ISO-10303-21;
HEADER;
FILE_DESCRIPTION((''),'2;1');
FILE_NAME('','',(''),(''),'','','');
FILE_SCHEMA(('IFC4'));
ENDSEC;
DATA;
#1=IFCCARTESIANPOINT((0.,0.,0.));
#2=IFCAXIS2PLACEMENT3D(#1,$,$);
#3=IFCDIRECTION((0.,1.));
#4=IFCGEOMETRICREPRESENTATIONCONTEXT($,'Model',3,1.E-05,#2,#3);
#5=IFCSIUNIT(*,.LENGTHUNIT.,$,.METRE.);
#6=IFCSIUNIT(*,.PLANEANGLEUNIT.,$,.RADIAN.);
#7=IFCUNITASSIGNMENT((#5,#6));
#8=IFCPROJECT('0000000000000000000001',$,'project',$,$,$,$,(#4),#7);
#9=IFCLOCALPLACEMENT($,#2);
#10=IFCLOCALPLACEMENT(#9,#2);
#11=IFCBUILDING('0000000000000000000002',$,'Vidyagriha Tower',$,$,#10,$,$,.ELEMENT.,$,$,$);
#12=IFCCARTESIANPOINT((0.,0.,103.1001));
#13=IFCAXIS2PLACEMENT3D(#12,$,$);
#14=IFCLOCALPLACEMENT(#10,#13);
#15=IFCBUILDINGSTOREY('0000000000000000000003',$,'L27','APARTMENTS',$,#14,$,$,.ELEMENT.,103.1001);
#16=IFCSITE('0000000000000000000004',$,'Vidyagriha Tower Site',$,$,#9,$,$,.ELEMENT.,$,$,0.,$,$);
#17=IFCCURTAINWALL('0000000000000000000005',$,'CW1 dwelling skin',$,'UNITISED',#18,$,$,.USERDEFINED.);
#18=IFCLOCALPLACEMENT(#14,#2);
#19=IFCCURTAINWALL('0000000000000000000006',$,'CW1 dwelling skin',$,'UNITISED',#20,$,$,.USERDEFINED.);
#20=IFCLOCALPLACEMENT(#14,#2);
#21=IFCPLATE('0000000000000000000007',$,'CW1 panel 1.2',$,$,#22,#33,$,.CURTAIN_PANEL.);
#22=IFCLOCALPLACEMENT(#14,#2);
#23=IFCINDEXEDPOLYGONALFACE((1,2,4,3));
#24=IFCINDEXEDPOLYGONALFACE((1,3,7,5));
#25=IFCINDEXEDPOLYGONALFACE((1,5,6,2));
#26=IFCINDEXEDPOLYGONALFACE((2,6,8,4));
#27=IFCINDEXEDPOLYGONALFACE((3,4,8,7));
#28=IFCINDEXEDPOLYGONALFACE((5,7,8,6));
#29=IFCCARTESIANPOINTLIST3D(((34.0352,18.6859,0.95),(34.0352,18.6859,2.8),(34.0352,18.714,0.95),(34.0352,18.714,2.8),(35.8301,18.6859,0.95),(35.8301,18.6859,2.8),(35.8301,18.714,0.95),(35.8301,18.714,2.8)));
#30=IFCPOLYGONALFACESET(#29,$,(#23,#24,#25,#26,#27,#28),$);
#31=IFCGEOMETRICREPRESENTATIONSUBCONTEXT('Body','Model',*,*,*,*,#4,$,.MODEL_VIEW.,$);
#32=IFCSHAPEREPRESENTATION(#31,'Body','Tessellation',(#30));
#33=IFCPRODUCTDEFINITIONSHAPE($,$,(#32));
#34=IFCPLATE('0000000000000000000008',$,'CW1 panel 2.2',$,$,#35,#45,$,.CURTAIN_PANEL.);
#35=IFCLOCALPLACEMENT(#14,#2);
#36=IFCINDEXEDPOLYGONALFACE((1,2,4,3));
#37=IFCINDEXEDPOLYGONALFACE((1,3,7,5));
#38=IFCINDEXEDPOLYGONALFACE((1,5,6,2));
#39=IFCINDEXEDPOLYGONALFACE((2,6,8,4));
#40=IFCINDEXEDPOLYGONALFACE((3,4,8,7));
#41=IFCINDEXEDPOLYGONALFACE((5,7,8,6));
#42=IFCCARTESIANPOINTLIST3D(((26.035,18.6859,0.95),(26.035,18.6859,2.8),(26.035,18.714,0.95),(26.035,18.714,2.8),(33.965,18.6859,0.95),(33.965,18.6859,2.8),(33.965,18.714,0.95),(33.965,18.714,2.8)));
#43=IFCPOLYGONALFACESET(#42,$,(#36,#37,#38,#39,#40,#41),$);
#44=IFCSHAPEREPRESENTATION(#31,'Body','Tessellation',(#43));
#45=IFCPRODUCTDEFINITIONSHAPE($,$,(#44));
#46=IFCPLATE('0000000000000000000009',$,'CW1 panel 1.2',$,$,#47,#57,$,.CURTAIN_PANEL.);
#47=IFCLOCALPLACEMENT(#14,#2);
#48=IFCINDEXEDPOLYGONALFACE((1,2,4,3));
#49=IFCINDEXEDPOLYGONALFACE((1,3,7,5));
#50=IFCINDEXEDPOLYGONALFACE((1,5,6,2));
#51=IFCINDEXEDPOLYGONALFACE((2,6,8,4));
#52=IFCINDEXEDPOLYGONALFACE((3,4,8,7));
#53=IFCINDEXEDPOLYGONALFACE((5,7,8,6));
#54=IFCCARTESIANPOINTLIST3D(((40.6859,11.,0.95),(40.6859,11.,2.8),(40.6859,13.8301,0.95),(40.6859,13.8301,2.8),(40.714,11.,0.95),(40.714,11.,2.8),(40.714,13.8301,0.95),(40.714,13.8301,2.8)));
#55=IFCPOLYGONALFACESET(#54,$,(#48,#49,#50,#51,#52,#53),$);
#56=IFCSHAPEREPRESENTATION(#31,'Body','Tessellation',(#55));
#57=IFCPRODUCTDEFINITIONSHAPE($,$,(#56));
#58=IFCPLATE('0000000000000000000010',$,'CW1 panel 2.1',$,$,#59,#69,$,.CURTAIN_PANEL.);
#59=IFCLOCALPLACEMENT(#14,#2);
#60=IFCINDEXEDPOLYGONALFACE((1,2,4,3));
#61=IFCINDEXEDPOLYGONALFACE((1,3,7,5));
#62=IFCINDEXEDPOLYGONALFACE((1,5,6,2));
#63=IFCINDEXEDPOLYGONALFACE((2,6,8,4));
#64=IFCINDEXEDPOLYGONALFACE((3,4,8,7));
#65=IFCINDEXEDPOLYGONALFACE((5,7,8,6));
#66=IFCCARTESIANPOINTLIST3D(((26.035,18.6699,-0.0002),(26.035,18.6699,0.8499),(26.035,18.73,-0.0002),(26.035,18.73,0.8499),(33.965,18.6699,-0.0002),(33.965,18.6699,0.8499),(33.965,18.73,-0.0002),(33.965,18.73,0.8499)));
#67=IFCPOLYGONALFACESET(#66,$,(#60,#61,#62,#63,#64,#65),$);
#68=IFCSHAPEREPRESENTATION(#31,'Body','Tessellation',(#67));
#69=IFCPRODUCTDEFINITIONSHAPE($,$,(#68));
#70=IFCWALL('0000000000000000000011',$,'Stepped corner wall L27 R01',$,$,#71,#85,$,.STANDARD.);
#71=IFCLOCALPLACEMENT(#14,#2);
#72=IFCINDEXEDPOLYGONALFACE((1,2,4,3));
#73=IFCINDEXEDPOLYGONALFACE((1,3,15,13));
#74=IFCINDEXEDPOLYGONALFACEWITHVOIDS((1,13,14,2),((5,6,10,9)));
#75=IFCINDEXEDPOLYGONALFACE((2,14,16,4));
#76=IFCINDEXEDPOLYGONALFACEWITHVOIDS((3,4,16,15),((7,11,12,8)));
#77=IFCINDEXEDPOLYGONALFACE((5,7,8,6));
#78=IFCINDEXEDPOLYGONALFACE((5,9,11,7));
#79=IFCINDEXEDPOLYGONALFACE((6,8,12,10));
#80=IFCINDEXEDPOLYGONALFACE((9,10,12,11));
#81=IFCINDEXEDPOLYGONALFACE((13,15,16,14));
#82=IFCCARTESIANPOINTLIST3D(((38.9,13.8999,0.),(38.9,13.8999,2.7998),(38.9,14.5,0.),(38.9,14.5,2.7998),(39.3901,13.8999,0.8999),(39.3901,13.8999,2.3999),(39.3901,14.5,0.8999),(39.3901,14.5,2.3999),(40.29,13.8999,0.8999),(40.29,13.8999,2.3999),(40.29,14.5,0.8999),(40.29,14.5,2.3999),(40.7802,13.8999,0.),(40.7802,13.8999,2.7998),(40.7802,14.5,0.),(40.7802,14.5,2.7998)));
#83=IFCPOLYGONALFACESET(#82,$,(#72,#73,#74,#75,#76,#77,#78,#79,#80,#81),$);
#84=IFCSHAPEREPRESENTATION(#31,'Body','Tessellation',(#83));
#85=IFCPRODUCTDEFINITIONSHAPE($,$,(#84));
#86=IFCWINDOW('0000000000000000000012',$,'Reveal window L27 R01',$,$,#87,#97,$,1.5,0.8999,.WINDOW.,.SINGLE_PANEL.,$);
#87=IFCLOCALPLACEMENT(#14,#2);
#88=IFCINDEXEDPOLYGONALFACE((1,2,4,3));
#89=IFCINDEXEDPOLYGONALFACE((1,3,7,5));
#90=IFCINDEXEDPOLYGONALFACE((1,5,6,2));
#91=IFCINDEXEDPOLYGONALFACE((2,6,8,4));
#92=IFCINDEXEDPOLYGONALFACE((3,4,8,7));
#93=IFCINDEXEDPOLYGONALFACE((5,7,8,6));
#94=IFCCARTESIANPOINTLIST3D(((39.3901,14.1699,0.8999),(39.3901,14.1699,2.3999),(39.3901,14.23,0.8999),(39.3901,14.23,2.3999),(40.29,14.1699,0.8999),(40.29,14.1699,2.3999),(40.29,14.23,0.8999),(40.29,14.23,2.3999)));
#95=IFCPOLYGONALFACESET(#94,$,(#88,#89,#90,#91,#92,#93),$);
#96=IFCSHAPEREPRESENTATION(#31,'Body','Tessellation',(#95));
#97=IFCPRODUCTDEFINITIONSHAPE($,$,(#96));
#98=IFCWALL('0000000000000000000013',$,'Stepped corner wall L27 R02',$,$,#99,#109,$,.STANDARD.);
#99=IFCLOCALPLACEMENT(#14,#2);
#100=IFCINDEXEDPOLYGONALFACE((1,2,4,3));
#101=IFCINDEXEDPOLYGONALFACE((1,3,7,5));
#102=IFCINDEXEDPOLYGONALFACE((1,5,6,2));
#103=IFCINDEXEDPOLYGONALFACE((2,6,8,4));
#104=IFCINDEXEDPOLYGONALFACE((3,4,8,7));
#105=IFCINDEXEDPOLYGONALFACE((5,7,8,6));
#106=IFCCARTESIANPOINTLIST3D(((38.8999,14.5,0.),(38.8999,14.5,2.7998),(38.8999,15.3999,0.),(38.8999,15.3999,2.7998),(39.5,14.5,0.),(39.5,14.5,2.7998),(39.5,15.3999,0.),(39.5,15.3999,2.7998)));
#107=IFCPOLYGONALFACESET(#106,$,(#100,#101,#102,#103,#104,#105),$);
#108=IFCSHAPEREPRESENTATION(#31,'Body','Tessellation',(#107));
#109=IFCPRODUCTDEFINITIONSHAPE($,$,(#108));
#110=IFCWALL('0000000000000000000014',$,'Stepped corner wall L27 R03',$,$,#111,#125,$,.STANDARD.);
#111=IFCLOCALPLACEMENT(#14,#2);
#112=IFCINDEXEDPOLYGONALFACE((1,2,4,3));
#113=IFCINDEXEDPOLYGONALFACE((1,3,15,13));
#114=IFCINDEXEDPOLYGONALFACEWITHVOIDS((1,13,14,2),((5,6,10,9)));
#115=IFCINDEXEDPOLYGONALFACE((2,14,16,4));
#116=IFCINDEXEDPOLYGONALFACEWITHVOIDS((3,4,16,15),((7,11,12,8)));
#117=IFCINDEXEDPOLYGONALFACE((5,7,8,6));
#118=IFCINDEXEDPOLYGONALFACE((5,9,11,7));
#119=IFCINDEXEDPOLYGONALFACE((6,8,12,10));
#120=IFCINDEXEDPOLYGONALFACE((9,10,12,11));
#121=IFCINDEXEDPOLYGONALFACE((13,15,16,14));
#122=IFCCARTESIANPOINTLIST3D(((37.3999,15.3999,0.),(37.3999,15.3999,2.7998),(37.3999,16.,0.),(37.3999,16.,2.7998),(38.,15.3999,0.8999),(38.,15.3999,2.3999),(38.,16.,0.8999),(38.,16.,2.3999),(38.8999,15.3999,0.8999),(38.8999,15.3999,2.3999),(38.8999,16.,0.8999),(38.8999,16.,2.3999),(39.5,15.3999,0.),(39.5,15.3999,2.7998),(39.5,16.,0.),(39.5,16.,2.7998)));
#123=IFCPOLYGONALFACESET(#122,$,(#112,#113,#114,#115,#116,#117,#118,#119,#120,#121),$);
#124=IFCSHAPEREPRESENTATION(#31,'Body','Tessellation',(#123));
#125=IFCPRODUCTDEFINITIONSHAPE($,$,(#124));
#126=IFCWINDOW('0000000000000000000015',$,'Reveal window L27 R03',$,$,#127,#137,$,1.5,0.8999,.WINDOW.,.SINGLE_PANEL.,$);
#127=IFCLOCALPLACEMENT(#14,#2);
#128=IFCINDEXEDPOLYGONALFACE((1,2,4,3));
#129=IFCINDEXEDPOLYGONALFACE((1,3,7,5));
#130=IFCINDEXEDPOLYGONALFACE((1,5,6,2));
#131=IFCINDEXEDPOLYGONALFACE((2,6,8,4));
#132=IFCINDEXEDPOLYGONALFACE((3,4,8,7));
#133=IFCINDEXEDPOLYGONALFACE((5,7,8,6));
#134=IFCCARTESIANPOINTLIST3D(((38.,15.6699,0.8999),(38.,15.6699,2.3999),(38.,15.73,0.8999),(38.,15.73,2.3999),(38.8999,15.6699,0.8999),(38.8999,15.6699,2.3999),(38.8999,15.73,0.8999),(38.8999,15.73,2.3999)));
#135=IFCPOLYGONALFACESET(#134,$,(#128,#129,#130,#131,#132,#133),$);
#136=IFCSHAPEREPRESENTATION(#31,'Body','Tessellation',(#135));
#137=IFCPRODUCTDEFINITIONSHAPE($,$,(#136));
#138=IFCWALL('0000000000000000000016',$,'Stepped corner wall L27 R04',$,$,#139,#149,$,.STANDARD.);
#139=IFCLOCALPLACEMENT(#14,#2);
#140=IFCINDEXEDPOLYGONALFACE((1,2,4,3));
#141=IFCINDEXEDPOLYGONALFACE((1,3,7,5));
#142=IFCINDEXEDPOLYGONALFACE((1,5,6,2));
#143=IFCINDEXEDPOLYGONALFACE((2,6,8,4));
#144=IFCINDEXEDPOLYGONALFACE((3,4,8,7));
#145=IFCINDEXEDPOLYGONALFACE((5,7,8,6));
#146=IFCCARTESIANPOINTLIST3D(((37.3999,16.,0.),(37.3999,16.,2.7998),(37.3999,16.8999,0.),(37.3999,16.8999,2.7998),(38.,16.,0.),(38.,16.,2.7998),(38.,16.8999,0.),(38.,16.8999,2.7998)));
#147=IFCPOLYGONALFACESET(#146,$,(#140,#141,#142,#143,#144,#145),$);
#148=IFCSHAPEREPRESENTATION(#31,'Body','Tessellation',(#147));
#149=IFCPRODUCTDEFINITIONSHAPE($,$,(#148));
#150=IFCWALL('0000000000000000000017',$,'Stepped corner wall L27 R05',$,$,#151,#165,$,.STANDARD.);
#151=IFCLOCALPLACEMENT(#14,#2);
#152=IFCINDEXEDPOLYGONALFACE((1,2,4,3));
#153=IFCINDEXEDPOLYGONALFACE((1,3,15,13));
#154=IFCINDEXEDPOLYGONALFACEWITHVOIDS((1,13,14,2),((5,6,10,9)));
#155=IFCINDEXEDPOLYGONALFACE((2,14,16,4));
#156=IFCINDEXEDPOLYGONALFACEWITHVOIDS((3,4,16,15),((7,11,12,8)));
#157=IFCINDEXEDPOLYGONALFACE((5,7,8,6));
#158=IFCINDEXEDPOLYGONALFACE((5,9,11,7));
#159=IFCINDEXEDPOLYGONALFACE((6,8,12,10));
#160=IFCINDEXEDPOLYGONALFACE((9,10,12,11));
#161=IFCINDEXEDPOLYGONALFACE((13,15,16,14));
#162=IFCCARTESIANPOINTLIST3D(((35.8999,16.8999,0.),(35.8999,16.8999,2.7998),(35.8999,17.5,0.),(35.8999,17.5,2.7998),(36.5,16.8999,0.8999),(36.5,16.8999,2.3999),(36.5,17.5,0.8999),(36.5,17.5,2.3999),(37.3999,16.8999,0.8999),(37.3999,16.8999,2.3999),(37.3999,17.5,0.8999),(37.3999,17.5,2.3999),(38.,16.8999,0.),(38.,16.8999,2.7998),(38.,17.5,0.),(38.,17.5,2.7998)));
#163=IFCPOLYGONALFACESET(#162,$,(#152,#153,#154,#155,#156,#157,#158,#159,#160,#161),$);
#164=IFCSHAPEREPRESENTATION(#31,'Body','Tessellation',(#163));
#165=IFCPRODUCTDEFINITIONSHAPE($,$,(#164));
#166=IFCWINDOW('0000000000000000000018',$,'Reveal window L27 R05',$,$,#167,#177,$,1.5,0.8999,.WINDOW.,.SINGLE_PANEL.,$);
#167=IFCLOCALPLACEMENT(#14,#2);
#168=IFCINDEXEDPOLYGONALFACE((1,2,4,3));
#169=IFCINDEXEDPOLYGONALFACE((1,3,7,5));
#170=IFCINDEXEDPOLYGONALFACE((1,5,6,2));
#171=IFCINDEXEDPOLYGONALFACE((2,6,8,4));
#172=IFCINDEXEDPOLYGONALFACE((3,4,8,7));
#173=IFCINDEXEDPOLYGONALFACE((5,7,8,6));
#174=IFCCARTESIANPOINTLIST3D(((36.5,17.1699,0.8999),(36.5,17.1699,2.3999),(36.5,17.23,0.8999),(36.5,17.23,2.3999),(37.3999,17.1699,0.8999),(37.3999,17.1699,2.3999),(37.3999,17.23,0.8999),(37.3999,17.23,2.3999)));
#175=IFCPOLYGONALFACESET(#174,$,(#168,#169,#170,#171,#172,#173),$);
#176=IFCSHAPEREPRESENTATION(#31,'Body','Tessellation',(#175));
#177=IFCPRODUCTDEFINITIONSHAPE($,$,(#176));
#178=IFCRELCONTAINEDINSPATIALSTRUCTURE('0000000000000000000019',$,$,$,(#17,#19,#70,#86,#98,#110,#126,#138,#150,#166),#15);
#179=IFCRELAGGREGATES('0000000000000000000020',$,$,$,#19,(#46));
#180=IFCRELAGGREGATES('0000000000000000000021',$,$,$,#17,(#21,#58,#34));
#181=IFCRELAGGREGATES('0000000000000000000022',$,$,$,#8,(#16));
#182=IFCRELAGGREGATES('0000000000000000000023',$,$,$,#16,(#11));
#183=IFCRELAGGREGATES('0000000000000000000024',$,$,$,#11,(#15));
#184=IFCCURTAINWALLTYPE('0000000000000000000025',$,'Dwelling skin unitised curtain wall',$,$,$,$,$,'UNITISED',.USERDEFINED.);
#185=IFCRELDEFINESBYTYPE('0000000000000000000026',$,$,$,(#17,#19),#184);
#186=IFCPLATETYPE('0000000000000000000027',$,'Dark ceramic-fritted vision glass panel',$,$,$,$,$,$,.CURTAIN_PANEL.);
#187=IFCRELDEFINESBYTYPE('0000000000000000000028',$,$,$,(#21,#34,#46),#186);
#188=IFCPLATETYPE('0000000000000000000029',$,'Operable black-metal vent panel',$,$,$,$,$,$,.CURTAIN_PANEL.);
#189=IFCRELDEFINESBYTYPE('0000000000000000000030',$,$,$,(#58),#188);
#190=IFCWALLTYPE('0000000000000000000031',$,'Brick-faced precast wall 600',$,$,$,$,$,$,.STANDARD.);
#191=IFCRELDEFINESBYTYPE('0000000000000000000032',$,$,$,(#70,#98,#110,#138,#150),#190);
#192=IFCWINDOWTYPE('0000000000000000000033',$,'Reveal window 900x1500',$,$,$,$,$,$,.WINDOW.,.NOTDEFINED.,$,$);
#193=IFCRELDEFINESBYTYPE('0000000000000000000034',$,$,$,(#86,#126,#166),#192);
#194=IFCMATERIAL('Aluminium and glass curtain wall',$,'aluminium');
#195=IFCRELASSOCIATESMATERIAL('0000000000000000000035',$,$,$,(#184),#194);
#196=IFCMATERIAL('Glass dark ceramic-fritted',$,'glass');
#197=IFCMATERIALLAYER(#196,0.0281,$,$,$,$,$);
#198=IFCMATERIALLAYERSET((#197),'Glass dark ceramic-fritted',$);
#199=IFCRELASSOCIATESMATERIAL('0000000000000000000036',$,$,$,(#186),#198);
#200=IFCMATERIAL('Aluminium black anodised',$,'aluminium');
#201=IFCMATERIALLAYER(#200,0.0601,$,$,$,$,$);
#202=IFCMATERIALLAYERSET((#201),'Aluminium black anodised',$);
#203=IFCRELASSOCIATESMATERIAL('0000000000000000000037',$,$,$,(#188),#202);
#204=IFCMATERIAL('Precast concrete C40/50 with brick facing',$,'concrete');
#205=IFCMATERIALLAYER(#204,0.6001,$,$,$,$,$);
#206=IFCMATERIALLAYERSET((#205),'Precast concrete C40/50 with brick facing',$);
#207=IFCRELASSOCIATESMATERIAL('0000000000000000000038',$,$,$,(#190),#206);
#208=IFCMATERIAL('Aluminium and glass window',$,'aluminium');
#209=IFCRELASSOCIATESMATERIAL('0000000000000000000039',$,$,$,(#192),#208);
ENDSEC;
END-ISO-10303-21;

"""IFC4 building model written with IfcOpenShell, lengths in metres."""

from ifc_helpers import new_model, si_unit, direction, frame, frame_2d, origin, origin_2d, place, context, subcontext, project, spatial, rectangle, extrude, material, layer, layer_set, type_object, element, fill, aggregate, save


model = new_model("IFC4")

# Units and contexts
model_context = context("Model", 3, precision=1e-05, world=origin(), true_north=direction((0.0, 1.0)))
body_context = subcontext(model_context, "Body", "Model", "MODEL_VIEW")
ifc_project = project(units=[si_unit("LENGTHUNIT", "METRE"), si_unit("PLANEANGLEUNIT", "RADIAN")], contexts=[model_context])

# Site, building, storey
site_placement = place(None, origin())
site = spatial("IfcSite", under=ifc_project, at=site_placement, Name="Vidyagriha Tower Site", CompositionType="ELEMENT", RefElevation=0.0)
building_placement = place(site_placement, origin())
building = spatial("IfcBuilding", under=site, at=building_placement, Name="Vidyagriha Tower", CompositionType="ELEMENT")
storey_placement = place(building_placement, frame((0.0, 0.0, 103.1001)))
storey = spatial("IfcBuildingStorey", under=building, at=storey_placement, Name="L27", Description="APARTMENTS", CompositionType="ELEMENT", Elevation=103.1001)

# Curtain wall
ifc_material_1 = material(Name="Aluminium and glass curtain wall", Category="aluminium")
curtain_wall_type = type_object("IfcCurtainWallType", Name="Dwelling skin unitised curtain wall", ElementType="UNITISED", PredefinedType="USERDEFINED", material=ifc_material_1)
curtain_wall_1_placement = place(storey_placement, origin())
curtain_wall_1 = element("IfcCurtainWall", 1, at=curtain_wall_1_placement, inside=storey, type_object=curtain_wall_type, Name="CW1 dwelling skin", ObjectType="UNITISED", PredefinedType="USERDEFINED")

# Curtain wall
curtain_wall_2_placement = place(storey_placement, origin())
curtain_wall_2 = element("IfcCurtainWall", 2, at=curtain_wall_2_placement, inside=storey, type_object=curtain_wall_type, Name="CW1 dwelling skin", ObjectType="UNITISED", PredefinedType="USERDEFINED")

# Plates
ifc_material_2 = material(Name="Glass dark ceramic-fritted", Category="glass")
ifc_layer_1 = layer(ifc_material_2, 0.0281)
ifc_layer_set_1 = layer_set([ifc_layer_1], Name="Glass dark ceramic-fritted")
plate_type_1 = type_object("IfcPlateType", Name="Dark ceramic-fritted vision glass panel", PredefinedType="CURTAIN_PANEL", material=ifc_layer_set_1)
plate_1_placement = place(storey_placement, frame((34.9326, 18.7, 0.95), z_axis=(0.0, 0.0, 1.0), x_axis=(-1.0, 0.0, 0.0)))
plate_1 = element("IfcPlate", 3, at=plate_1_placement, type_object=plate_type_1, Name="CW1 panel 1.2", PredefinedType="CURTAIN_PANEL", context=body_context, shape_type="SweptSolid", body=[
    extrude(rectangle(XDim=1.7949, YDim=0.0281, at=origin_2d()), origin(), (0.0, 0.0, 1.0), 1.8501),
])
plate_2_placement = place(storey_placement, frame((30.0, 18.7, 0.95), z_axis=(0.0, 0.0, 1.0), x_axis=(-1.0, 0.0, 0.0)))
plate_2 = element("IfcPlate", 4, at=plate_2_placement, type_object=plate_type_1, Name="CW1 panel 2.2", PredefinedType="CURTAIN_PANEL", context=body_context, shape_type="SweptSolid", body=[
    extrude(rectangle(XDim=7.9299, YDim=0.0281, at=origin_2d()), origin(), (0.0, 0.0, 1.0), 1.8501),
])
plate_3_placement = place(storey_placement, frame((40.7, 12.415, 0.95), z_axis=(0.0, 0.0, 1.0), x_axis=(0.0, 1.0, 0.0)))
plate_3 = element("IfcPlate", 5, at=plate_3_placement, type_object=plate_type_1, Name="CW1 panel 1.2", PredefinedType="CURTAIN_PANEL", context=body_context, shape_type="SweptSolid", body=[
    extrude(rectangle(XDim=2.8301, YDim=0.0281, at=origin_2d()), origin(), (0.0, 0.0, 1.0), 1.8501),
])
aggregate(curtain_wall_2, [plate_3])
ifc_material_3 = material(Name="Aluminium black anodised", Category="aluminium")
ifc_layer_2 = layer(ifc_material_3, 0.0601)
ifc_layer_set_2 = layer_set([ifc_layer_2], Name="Aluminium black anodised")
plate_type_2 = type_object("IfcPlateType", Name="Operable black-metal vent panel", PredefinedType="CURTAIN_PANEL", material=ifc_layer_set_2)
plate_4_placement = place(storey_placement, frame((30.0, 18.7, -0.0002), z_axis=(0.0, 0.0, 1.0), x_axis=(-1.0, 0.0, 0.0)))
plate_4 = element("IfcPlate", 6, at=plate_4_placement, type_object=plate_type_2, Name="CW1 panel 2.1", PredefinedType="CURTAIN_PANEL", context=body_context, shape_type="SweptSolid", body=[
    extrude(rectangle(XDim=7.9299, YDim=0.0601, at=origin_2d()), origin(), (0.0, 0.0, 1.0), 0.8501),
])
aggregate(curtain_wall_1, [plate_1, plate_4, plate_2])

# Wall, opening, window
ifc_material_4 = material(Name="Precast concrete C40/50 with brick facing", Category="concrete")
ifc_layer_3 = layer(ifc_material_4, 0.6001)
ifc_layer_set_3 = layer_set([ifc_layer_3], Name="Precast concrete C40/50 with brick facing")
wall_type_1 = type_object("IfcWallType", Name="Brick-faced precast wall 600", PredefinedType="STANDARD", material=ifc_layer_set_3)
wall_1_placement = place(storey_placement, frame((40.78, 14.2, 0.0), z_axis=(0.0, 0.0, 1.0), x_axis=(-1.0, 0.0, 0.0)))
wall_1 = element("IfcWall", 7, at=wall_1_placement, inside=storey, type_object=wall_type_1, Name="Stepped corner wall L27 R01", PredefinedType="STANDARD", context=body_context, shape_type="SweptSolid", body=[
    extrude(rectangle(XDim=1.8801, YDim=0.6001, at=frame_2d((0.9399, 0.0))), origin(), (0.0, 0.0, 1.0), 2.7998),
])
opening_1_placement = place(wall_1_placement, frame((0.49, 0.0, 0.8999)))
opening_1 = element("IfcOpeningElement", 8, at=opening_1_placement, cuts=wall_1, PredefinedType="OPENING", context=body_context, shape_type="SweptSolid", body=[
    extrude(rectangle(XDim=0.8999, YDim=1.5, at=frame_2d((0.45, 0.75))), frame((0.0, 0.3101, 0.0), z_axis=(0.0, -1.0, 0.0), x_axis=(1.0, 0.0, 0.0)), (0.0, 0.0, 1.0), 0.6201),
])
ifc_material_5 = material(Name="Aluminium and glass window", Category="aluminium")
window_type = type_object("IfcWindowType", Name="Reveal window 900x1500", PartitioningType="NOTDEFINED", PredefinedType="WINDOW", material=ifc_material_5)
window_1_placement = place(opening_1_placement, origin())
window_1 = element("IfcWindow", 9, at=window_1_placement, inside=storey, type_object=window_type, Name="Reveal window L27 R01", OverallHeight=1.5, OverallWidth=0.8999, PartitioningType="SINGLE_PANEL", PredefinedType="WINDOW", context=body_context, shape_type="SweptSolid", body=[
    extrude(rectangle(XDim=0.8999, YDim=1.5, at=frame_2d((0.45, 0.75))), frame((0.0, 0.03, 0.0), z_axis=(0.0, -1.0, 0.0), x_axis=(1.0, 0.0, 0.0)), (0.0, 0.0, 1.0), 0.0601),
])
fill(opening_1, window_1)

# Wall
wall_2_placement = place(storey_placement, frame((39.2, 14.5, 0.0), z_axis=(0.0, 0.0, 1.0), x_axis=(0.0, 1.0, 0.0)))
element("IfcWall", 10, at=wall_2_placement, inside=storey, type_object=wall_type_1, Name="Stepped corner wall L27 R02", PredefinedType="STANDARD", context=body_context, shape_type="SweptSolid", body=[
    extrude(rectangle(XDim=0.8999, YDim=0.6001, at=frame_2d((0.45, 0.0))), origin(), (0.0, 0.0, 1.0), 2.7998),
])

# Wall, opening, window
wall_3_placement = place(storey_placement, frame((39.5, 15.7, 0.0), z_axis=(0.0, 0.0, 1.0), x_axis=(-1.0, 0.0, 0.0)))
wall_3 = element("IfcWall", 11, at=wall_3_placement, inside=storey, type_object=wall_type_1, Name="Stepped corner wall L27 R03", PredefinedType="STANDARD", context=body_context, shape_type="SweptSolid", body=[
    extrude(rectangle(XDim=2.1001, YDim=0.6001, at=frame_2d((1.05, 0.0))), origin(), (0.0, 0.0, 1.0), 2.7998),
])
opening_2_placement = place(wall_3_placement, frame((0.6001, 0.0, 0.8999)))
opening_2 = element("IfcOpeningElement", 12, at=opening_2_placement, cuts=wall_3, PredefinedType="OPENING", context=body_context, shape_type="SweptSolid", body=[
    extrude(rectangle(XDim=0.8999, YDim=1.5, at=frame_2d((0.45, 0.75))), frame((0.0, 0.3101, 0.0), z_axis=(0.0, -1.0, 0.0), x_axis=(1.0, 0.0, 0.0)), (0.0, 0.0, 1.0), 0.6201),
])
window_2_placement = place(opening_2_placement, origin())
window_2 = element("IfcWindow", 13, at=window_2_placement, inside=storey, type_object=window_type, Name="Reveal window L27 R03", OverallHeight=1.5, OverallWidth=0.8999, PartitioningType="SINGLE_PANEL", PredefinedType="WINDOW", context=body_context, shape_type="SweptSolid", body=[
    extrude(rectangle(XDim=0.8999, YDim=1.5, at=frame_2d((0.45, 0.75))), frame((0.0, 0.03, 0.0), z_axis=(0.0, -1.0, 0.0), x_axis=(1.0, 0.0, 0.0)), (0.0, 0.0, 1.0), 0.0601),
])
fill(opening_2, window_2)

# Wall
wall_4_placement = place(storey_placement, frame((37.7, 16.0, 0.0), z_axis=(0.0, 0.0, 1.0), x_axis=(0.0, 1.0, 0.0)))
element("IfcWall", 14, at=wall_4_placement, inside=storey, type_object=wall_type_1, Name="Stepped corner wall L27 R04", PredefinedType="STANDARD", context=body_context, shape_type="SweptSolid", body=[
    extrude(rectangle(XDim=0.8999, YDim=0.6001, at=frame_2d((0.45, 0.0))), origin(), (0.0, 0.0, 1.0), 2.7998),
])

# Wall, opening, window
wall_5_placement = place(storey_placement, frame((38.0, 17.2, 0.0), z_axis=(0.0, 0.0, 1.0), x_axis=(-1.0, 0.0, 0.0)))
wall_5 = element("IfcWall", 15, at=wall_5_placement, inside=storey, type_object=wall_type_1, Name="Stepped corner wall L27 R05", PredefinedType="STANDARD", context=body_context, shape_type="SweptSolid", body=[
    extrude(rectangle(XDim=2.1001, YDim=0.6001, at=frame_2d((1.05, 0.0))), origin(), (0.0, 0.0, 1.0), 2.7998),
])
opening_3_placement = place(wall_5_placement, frame((0.6001, 0.0, 0.8999)))
opening_3 = element("IfcOpeningElement", 16, at=opening_3_placement, cuts=wall_5, PredefinedType="OPENING", context=body_context, shape_type="SweptSolid", body=[
    extrude(rectangle(XDim=0.8999, YDim=1.5, at=frame_2d((0.45, 0.75))), frame((0.0, 0.3101, 0.0), z_axis=(0.0, -1.0, 0.0), x_axis=(1.0, 0.0, 0.0)), (0.0, 0.0, 1.0), 0.6201),
])
window_3_placement = place(opening_3_placement, origin())
window_3 = element("IfcWindow", 17, at=window_3_placement, inside=storey, type_object=window_type, Name="Reveal window L27 R05", OverallHeight=1.5, OverallWidth=0.8999, PartitioningType="SINGLE_PANEL", PredefinedType="WINDOW", context=body_context, shape_type="SweptSolid", body=[
    extrude(rectangle(XDim=0.8999, YDim=1.5, at=frame_2d((0.45, 0.75))), frame((0.0, 0.03, 0.0), z_axis=(0.0, -1.0, 0.0), x_axis=(1.0, 0.0, 0.0)), (0.0, 0.0, 1.0), 0.0601),
])
fill(opening_3, window_3)

save(model, "model.ifc")
